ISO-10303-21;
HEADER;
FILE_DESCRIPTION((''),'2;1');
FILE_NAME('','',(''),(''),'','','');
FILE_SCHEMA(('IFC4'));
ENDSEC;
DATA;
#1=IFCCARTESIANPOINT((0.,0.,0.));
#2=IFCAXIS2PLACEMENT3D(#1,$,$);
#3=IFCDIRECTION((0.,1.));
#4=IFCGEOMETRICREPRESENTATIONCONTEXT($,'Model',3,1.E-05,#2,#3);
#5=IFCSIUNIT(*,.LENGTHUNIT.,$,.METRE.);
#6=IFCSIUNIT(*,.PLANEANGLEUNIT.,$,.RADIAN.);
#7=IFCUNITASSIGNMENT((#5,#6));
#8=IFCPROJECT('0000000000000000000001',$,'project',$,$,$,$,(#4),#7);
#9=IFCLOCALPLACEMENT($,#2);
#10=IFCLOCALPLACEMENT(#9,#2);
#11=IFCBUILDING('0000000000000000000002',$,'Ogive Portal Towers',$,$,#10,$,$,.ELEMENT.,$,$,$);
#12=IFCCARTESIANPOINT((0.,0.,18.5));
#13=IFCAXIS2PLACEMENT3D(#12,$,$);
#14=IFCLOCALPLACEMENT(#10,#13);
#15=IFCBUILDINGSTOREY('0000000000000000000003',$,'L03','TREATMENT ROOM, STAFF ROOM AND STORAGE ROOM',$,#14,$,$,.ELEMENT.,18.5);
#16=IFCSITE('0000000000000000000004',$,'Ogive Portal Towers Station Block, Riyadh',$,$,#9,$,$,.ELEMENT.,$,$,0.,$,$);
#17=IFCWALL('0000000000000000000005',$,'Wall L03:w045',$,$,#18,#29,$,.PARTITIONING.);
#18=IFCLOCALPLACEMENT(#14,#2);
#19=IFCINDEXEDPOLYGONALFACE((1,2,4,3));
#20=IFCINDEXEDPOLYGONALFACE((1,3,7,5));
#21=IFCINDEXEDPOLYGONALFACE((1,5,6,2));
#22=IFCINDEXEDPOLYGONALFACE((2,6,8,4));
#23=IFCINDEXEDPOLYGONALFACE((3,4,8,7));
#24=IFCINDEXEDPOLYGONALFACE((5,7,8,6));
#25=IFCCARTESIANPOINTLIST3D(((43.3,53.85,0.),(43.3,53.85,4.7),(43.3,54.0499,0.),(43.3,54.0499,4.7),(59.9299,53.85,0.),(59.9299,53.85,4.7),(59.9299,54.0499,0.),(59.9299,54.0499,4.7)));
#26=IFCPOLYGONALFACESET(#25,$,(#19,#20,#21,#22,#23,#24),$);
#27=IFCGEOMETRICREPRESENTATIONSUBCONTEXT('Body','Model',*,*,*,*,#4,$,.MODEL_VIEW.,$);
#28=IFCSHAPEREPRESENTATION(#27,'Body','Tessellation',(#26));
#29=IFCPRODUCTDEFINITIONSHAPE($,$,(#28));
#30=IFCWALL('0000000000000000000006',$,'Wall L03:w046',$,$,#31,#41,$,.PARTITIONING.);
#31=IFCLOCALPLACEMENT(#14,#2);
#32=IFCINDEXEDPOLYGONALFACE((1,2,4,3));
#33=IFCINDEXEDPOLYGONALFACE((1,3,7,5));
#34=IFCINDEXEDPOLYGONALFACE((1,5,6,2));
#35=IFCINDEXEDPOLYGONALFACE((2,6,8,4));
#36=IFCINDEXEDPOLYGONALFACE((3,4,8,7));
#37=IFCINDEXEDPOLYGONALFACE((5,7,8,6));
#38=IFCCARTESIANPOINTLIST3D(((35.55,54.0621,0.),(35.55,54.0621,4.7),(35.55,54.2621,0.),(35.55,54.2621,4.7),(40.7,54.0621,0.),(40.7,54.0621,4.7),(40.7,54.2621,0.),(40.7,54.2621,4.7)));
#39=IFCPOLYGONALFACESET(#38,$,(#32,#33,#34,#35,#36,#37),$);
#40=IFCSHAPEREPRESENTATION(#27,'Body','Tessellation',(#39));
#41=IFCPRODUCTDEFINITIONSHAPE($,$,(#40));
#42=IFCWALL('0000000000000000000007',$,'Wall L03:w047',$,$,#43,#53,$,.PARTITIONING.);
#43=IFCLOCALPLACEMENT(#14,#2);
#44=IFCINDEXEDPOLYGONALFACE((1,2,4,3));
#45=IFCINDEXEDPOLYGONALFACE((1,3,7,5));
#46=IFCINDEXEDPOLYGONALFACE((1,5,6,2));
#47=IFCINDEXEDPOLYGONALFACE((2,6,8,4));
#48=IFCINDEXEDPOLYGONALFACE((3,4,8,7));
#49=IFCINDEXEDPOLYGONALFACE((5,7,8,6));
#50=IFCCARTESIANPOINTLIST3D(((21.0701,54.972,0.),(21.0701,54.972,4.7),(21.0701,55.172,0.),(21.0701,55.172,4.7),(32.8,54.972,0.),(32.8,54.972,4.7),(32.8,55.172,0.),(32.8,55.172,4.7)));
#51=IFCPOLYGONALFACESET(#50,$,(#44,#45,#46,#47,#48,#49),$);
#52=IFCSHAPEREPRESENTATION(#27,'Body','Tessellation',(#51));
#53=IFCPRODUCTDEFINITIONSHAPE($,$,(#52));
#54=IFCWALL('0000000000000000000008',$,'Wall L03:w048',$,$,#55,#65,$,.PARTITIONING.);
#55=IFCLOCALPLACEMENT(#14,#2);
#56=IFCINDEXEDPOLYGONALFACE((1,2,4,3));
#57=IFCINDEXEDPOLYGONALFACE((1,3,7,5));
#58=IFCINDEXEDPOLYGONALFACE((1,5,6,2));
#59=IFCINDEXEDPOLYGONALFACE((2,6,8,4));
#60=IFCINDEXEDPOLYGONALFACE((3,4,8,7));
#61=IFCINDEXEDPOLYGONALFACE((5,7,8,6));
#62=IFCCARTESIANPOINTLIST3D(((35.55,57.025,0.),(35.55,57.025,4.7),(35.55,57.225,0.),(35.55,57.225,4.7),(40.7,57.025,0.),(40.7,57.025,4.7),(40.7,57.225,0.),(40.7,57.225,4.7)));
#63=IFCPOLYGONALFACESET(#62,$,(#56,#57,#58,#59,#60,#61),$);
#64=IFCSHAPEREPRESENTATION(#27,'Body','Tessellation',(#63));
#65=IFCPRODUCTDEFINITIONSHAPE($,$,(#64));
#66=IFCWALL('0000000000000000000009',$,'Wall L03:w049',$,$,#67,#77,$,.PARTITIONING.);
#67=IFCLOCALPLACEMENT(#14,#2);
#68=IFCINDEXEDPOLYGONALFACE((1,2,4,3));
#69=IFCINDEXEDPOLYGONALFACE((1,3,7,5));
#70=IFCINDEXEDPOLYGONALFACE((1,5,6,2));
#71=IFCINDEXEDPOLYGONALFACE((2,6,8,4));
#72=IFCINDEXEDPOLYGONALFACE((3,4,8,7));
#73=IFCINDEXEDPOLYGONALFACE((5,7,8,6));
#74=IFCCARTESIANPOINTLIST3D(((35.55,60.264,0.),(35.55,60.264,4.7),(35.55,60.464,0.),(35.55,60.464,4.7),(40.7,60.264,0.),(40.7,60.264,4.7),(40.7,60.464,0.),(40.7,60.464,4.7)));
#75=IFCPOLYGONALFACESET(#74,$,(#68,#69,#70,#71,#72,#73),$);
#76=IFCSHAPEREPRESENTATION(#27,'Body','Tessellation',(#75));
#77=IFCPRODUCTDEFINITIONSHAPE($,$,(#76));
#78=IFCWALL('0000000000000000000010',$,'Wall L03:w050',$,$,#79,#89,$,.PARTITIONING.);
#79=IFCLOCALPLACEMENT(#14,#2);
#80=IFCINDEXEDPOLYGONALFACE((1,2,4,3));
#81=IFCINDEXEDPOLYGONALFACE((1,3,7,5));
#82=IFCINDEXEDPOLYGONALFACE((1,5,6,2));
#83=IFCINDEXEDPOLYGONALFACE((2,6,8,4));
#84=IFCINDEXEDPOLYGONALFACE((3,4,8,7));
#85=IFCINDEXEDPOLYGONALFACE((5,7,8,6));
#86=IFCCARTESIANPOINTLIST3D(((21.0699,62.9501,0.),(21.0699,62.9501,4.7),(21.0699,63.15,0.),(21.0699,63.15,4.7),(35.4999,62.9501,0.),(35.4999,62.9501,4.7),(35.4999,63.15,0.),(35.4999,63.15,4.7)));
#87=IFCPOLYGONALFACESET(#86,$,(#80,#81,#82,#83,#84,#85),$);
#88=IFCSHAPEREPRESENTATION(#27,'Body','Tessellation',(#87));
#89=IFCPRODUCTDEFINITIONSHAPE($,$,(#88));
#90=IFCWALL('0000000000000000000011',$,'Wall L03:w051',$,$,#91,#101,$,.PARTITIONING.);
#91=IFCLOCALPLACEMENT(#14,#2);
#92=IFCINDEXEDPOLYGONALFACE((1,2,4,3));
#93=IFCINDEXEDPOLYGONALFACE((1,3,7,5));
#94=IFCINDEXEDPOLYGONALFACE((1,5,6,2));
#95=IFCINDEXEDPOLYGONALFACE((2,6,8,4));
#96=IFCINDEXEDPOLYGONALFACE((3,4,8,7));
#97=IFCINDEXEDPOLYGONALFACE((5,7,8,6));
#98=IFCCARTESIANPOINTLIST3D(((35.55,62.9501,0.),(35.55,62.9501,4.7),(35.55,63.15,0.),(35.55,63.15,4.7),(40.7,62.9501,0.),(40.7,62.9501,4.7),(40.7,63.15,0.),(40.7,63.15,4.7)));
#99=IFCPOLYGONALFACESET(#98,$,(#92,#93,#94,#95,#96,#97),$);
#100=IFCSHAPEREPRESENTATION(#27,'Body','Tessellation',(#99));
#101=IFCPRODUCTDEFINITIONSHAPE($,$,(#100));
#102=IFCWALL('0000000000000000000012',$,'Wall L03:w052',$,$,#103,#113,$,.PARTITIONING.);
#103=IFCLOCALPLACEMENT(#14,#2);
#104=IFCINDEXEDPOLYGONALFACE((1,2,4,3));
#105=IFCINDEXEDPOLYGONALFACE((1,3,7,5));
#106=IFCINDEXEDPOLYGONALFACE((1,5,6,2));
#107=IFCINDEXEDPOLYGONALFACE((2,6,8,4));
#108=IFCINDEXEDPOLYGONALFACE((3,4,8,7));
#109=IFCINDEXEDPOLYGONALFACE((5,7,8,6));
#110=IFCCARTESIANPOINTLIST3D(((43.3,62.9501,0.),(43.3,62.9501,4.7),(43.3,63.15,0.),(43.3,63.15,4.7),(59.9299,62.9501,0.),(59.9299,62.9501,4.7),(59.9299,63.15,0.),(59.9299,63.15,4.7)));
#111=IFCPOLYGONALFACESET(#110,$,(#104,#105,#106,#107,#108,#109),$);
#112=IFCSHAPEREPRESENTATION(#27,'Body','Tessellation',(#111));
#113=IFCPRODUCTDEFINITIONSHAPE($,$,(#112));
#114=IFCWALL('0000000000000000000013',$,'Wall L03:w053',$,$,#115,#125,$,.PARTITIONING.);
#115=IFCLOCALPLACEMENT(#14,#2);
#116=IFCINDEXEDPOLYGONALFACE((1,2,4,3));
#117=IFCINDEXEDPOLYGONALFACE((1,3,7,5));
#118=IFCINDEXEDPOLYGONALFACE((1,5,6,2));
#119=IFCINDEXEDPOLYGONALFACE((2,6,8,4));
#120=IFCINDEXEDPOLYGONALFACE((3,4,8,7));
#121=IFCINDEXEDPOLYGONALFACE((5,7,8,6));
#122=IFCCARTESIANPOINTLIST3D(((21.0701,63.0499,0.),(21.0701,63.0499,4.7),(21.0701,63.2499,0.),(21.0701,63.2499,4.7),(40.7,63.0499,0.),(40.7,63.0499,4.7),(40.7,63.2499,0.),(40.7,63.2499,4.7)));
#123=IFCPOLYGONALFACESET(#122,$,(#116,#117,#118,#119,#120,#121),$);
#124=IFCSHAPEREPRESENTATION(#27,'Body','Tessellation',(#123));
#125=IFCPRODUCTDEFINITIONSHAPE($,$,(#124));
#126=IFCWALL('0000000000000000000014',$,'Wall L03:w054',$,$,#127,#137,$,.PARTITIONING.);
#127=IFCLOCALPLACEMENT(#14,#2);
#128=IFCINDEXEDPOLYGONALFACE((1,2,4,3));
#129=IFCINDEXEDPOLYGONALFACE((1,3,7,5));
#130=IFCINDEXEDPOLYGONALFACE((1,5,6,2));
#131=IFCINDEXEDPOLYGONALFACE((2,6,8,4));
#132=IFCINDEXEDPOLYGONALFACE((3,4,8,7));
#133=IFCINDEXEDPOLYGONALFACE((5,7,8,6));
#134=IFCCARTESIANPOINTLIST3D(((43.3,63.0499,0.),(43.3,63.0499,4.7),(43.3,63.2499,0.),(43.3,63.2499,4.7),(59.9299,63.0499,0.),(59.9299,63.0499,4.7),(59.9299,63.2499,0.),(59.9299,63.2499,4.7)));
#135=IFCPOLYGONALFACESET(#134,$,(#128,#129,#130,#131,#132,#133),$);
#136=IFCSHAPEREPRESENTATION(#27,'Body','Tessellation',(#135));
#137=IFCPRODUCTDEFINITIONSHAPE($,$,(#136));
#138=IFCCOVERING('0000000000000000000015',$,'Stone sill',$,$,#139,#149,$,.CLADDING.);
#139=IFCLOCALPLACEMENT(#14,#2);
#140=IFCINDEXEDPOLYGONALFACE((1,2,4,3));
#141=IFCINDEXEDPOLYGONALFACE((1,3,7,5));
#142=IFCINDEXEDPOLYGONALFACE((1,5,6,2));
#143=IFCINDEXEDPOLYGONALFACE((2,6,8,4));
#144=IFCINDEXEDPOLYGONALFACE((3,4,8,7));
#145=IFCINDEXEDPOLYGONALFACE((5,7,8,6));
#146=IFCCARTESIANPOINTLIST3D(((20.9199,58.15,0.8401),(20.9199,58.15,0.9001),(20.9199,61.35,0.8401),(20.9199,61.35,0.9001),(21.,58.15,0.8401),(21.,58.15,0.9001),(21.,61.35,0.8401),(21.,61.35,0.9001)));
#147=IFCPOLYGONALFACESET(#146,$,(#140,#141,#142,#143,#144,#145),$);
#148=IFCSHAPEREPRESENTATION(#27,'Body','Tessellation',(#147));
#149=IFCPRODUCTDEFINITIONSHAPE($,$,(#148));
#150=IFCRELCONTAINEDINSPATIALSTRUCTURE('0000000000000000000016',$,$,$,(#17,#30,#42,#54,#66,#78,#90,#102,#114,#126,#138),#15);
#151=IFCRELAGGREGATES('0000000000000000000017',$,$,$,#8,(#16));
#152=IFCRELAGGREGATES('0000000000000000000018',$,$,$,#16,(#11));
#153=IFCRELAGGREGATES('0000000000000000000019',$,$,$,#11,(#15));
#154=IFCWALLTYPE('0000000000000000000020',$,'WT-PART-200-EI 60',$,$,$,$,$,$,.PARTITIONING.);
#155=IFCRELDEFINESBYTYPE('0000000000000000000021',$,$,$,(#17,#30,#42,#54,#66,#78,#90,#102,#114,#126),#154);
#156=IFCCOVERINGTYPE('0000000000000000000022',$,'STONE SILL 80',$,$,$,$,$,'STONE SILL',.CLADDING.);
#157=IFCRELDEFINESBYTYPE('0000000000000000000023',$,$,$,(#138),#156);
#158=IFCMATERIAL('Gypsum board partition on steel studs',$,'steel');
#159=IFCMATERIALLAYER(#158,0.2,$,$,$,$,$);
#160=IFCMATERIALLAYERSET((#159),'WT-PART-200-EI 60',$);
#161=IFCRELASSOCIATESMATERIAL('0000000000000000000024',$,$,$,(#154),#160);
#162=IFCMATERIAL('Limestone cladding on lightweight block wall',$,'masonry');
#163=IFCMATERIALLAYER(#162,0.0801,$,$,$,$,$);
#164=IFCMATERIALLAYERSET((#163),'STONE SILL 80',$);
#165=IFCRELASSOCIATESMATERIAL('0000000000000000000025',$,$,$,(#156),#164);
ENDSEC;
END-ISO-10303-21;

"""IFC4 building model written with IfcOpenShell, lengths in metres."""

from ifc_helpers import new_model, si_unit, direction, frame, frame_2d, origin, origin_2d, place, context, subcontext, project, spatial, rectangle, extrude, material, layer, layer_set, type_object, element, save


model = new_model("IFC4")

# Units and contexts
model_context = context("Model", 3, precision=1e-05, world=origin(), true_north=direction((0.0, 1.0)))
body_context = subcontext(model_context, "Body", "Model", "MODEL_VIEW")
ifc_project = project(units=[si_unit("LENGTHUNIT", "METRE"), si_unit("PLANEANGLEUNIT", "RADIAN")], contexts=[model_context])

# Site, building, storey
site_placement = place(None, origin())
site = spatial("IfcSite", under=ifc_project, at=site_placement, Name="Ogive Portal Towers Station Block, Riyadh", CompositionType="ELEMENT", RefElevation=0.0)
building_placement = place(site_placement, origin())
building = spatial("IfcBuilding", under=site, at=building_placement, Name="Ogive Portal Towers", CompositionType="ELEMENT")
storey_placement = place(building_placement, frame((0.0, 0.0, 18.5)))
storey = spatial("IfcBuildingStorey", under=building, at=storey_placement, Name="L03", Description="TREATMENT ROOM, STAFF ROOM AND STORAGE ROOM", CompositionType="ELEMENT", Elevation=18.5)

# Walls
ifc_material_1 = material(Name="Gypsum board partition on steel studs", Category="steel")
ifc_layer_1 = layer(ifc_material_1, 0.2)
ifc_layer_set_1 = layer_set([ifc_layer_1], Name="WT-PART-200-EI 60")
wall_type_1 = type_object("IfcWallType", Name="WT-PART-200-EI 60", PredefinedType="PARTITIONING", material=ifc_layer_set_1)
wall_1_placement = place(storey_placement, frame((43.3, 53.95, 0.0), z_axis=(0.0, 0.0, 1.0), x_axis=(1.0, 0.0, 0.0)))
element("IfcWall", 1, at=wall_1_placement, inside=storey, type_object=wall_type_1, Name="Wall L03:w045", PredefinedType="PARTITIONING", context=body_context, shape_type="SweptSolid", body=[
    extrude(rectangle(XDim=16.6299, YDim=0.2, at=frame_2d((8.3149, 0.0))), origin(), (0.0, 0.0, 1.0), 4.7),
])
wall_2_placement = place(storey_placement, frame((35.55, 54.1621, 0.0), z_axis=(0.0, 0.0, 1.0), x_axis=(1.0, 0.0, 0.0)))
element("IfcWall", 2, at=wall_2_placement, inside=storey, type_object=wall_type_1, Name="Wall L03:w046", PredefinedType="PARTITIONING", context=body_context, shape_type="SweptSolid", body=[
    extrude(rectangle(XDim=5.1499, YDim=0.2, at=frame_2d((2.575, 0.0))), origin(), (0.0, 0.0, 1.0), 4.7),
])
wall_3_placement = place(storey_placement, frame((21.0701, 55.072, 0.0), z_axis=(0.0, 0.0, 1.0), x_axis=(1.0, 0.0, 0.0)))
element("IfcWall", 3, at=wall_3_placement, inside=storey, type_object=wall_type_1, Name="Wall L03:w047", PredefinedType="PARTITIONING", context=body_context, shape_type="SweptSolid", body=[
    extrude(rectangle(XDim=11.73, YDim=0.2, at=frame_2d((5.865, 0.0))), origin(), (0.0, 0.0, 1.0), 4.7),
])
for number, where, z_axis, x_axis, name in (
    (4, (35.55, 57.125, 0.0), (0.0, 0.0, 1.0), (1.0, 0.0, 0.0), "Wall L03:w048"),
    (5, (35.55, 60.364, 0.0), (0.0, 0.0, 1.0), (1.0, 0.0, 0.0), "Wall L03:w049"),
):
    element("IfcWall", number, at=place(storey_placement, frame(where, z_axis=z_axis, x_axis=x_axis)), inside=storey, type_object=wall_type_1, Name=name, PredefinedType="PARTITIONING", context=body_context, shape_type="SweptSolid", body=[
        extrude(rectangle(XDim=5.1499, YDim=0.2, at=frame_2d((2.575, 0.0))), origin(), (0.0, 0.0, 1.0), 4.7),
    ])
wall_4_placement = place(storey_placement, frame((21.0701, 63.05, 0.0), z_axis=(0.0, 0.0, 1.0), x_axis=(1.0, 0.0, 0.0)))
element("IfcWall", 6, at=wall_4_placement, inside=storey, type_object=wall_type_1, Name="Wall L03:w050", PredefinedType="PARTITIONING", context=body_context, shape_type="SweptSolid", body=[
    extrude(rectangle(XDim=14.4299, YDim=0.2, at=frame_2d((7.2148, 0.0))), origin(), (0.0, 0.0, 1.0), 4.7),
])
wall_5_placement = place(storey_placement, frame((35.55, 63.05, 0.0), z_axis=(0.0, 0.0, 1.0), x_axis=(1.0, 0.0, 0.0)))
element("IfcWall", 7, at=wall_5_placement, inside=storey, type_object=wall_type_1, Name="Wall L03:w051", PredefinedType="PARTITIONING", context=body_context, shape_type="SweptSolid", body=[
    extrude(rectangle(XDim=5.1499, YDim=0.2, at=frame_2d((2.575, 0.0))), origin(), (0.0, 0.0, 1.0), 4.7),
])
wall_6_placement = place(storey_placement, frame((43.3, 63.05, 0.0), z_axis=(0.0, 0.0, 1.0), x_axis=(1.0, 0.0, 0.0)))
element("IfcWall", 8, at=wall_6_placement, inside=storey, type_object=wall_type_1, Name="Wall L03:w052", PredefinedType="PARTITIONING", context=body_context, shape_type="SweptSolid", body=[
    extrude(rectangle(XDim=16.6299, YDim=0.2, at=frame_2d((8.3149, 0.0))), origin(), (0.0, 0.0, 1.0), 4.7),
])
wall_7_placement = place(storey_placement, frame((21.0701, 63.1499, 0.0), z_axis=(0.0, 0.0, 1.0), x_axis=(1.0, 0.0, 0.0)))
element("IfcWall", 9, at=wall_7_placement, inside=storey, type_object=wall_type_1, Name="Wall L03:w053", PredefinedType="PARTITIONING", context=body_context, shape_type="SweptSolid", body=[
    extrude(rectangle(XDim=19.6299, YDim=0.2, at=frame_2d((9.8149, 0.0))), origin(), (0.0, 0.0, 1.0), 4.7),
])
wall_8_placement = place(storey_placement, frame((43.3, 63.1499, 0.0), z_axis=(0.0, 0.0, 1.0), x_axis=(1.0, 0.0, 0.0)))
element("IfcWall", 10, at=wall_8_placement, inside=storey, type_object=wall_type_1, Name="Wall L03:w054", PredefinedType="PARTITIONING", context=body_context, shape_type="SweptSolid", body=[
    extrude(rectangle(XDim=16.6299, YDim=0.2, at=frame_2d((8.3149, 0.0))), origin(), (0.0, 0.0, 1.0), 4.7),
])

# Covering
ifc_material_2 = material(Name="Limestone cladding on lightweight block wall", Category="masonry")
ifc_layer_2 = layer(ifc_material_2, 0.0801)
ifc_layer_set_2 = layer_set([ifc_layer_2], Name="STONE SILL 80")
covering_type = type_object("IfcCoveringType", Name="STONE SILL 80", ElementType="STONE SILL", PredefinedType="CLADDING", material=ifc_layer_set_2)
covering_placement = place(storey_placement, frame((20.96, 59.75, 0.8401), z_axis=(0.0, 0.0, 1.0), x_axis=(0.0, -1.0, 0.0)))
element("IfcCovering", 11, at=covering_placement, inside=storey, type_object=covering_type, Name="Stone sill", PredefinedType="CLADDING", context=body_context, shape_type="SweptSolid", body=[
    extrude(rectangle(XDim=3.2, YDim=0.0801, at=origin_2d()), origin(), (0.0, 0.0, 1.0), 0.0601),
])

save(model, "model.ifc")
